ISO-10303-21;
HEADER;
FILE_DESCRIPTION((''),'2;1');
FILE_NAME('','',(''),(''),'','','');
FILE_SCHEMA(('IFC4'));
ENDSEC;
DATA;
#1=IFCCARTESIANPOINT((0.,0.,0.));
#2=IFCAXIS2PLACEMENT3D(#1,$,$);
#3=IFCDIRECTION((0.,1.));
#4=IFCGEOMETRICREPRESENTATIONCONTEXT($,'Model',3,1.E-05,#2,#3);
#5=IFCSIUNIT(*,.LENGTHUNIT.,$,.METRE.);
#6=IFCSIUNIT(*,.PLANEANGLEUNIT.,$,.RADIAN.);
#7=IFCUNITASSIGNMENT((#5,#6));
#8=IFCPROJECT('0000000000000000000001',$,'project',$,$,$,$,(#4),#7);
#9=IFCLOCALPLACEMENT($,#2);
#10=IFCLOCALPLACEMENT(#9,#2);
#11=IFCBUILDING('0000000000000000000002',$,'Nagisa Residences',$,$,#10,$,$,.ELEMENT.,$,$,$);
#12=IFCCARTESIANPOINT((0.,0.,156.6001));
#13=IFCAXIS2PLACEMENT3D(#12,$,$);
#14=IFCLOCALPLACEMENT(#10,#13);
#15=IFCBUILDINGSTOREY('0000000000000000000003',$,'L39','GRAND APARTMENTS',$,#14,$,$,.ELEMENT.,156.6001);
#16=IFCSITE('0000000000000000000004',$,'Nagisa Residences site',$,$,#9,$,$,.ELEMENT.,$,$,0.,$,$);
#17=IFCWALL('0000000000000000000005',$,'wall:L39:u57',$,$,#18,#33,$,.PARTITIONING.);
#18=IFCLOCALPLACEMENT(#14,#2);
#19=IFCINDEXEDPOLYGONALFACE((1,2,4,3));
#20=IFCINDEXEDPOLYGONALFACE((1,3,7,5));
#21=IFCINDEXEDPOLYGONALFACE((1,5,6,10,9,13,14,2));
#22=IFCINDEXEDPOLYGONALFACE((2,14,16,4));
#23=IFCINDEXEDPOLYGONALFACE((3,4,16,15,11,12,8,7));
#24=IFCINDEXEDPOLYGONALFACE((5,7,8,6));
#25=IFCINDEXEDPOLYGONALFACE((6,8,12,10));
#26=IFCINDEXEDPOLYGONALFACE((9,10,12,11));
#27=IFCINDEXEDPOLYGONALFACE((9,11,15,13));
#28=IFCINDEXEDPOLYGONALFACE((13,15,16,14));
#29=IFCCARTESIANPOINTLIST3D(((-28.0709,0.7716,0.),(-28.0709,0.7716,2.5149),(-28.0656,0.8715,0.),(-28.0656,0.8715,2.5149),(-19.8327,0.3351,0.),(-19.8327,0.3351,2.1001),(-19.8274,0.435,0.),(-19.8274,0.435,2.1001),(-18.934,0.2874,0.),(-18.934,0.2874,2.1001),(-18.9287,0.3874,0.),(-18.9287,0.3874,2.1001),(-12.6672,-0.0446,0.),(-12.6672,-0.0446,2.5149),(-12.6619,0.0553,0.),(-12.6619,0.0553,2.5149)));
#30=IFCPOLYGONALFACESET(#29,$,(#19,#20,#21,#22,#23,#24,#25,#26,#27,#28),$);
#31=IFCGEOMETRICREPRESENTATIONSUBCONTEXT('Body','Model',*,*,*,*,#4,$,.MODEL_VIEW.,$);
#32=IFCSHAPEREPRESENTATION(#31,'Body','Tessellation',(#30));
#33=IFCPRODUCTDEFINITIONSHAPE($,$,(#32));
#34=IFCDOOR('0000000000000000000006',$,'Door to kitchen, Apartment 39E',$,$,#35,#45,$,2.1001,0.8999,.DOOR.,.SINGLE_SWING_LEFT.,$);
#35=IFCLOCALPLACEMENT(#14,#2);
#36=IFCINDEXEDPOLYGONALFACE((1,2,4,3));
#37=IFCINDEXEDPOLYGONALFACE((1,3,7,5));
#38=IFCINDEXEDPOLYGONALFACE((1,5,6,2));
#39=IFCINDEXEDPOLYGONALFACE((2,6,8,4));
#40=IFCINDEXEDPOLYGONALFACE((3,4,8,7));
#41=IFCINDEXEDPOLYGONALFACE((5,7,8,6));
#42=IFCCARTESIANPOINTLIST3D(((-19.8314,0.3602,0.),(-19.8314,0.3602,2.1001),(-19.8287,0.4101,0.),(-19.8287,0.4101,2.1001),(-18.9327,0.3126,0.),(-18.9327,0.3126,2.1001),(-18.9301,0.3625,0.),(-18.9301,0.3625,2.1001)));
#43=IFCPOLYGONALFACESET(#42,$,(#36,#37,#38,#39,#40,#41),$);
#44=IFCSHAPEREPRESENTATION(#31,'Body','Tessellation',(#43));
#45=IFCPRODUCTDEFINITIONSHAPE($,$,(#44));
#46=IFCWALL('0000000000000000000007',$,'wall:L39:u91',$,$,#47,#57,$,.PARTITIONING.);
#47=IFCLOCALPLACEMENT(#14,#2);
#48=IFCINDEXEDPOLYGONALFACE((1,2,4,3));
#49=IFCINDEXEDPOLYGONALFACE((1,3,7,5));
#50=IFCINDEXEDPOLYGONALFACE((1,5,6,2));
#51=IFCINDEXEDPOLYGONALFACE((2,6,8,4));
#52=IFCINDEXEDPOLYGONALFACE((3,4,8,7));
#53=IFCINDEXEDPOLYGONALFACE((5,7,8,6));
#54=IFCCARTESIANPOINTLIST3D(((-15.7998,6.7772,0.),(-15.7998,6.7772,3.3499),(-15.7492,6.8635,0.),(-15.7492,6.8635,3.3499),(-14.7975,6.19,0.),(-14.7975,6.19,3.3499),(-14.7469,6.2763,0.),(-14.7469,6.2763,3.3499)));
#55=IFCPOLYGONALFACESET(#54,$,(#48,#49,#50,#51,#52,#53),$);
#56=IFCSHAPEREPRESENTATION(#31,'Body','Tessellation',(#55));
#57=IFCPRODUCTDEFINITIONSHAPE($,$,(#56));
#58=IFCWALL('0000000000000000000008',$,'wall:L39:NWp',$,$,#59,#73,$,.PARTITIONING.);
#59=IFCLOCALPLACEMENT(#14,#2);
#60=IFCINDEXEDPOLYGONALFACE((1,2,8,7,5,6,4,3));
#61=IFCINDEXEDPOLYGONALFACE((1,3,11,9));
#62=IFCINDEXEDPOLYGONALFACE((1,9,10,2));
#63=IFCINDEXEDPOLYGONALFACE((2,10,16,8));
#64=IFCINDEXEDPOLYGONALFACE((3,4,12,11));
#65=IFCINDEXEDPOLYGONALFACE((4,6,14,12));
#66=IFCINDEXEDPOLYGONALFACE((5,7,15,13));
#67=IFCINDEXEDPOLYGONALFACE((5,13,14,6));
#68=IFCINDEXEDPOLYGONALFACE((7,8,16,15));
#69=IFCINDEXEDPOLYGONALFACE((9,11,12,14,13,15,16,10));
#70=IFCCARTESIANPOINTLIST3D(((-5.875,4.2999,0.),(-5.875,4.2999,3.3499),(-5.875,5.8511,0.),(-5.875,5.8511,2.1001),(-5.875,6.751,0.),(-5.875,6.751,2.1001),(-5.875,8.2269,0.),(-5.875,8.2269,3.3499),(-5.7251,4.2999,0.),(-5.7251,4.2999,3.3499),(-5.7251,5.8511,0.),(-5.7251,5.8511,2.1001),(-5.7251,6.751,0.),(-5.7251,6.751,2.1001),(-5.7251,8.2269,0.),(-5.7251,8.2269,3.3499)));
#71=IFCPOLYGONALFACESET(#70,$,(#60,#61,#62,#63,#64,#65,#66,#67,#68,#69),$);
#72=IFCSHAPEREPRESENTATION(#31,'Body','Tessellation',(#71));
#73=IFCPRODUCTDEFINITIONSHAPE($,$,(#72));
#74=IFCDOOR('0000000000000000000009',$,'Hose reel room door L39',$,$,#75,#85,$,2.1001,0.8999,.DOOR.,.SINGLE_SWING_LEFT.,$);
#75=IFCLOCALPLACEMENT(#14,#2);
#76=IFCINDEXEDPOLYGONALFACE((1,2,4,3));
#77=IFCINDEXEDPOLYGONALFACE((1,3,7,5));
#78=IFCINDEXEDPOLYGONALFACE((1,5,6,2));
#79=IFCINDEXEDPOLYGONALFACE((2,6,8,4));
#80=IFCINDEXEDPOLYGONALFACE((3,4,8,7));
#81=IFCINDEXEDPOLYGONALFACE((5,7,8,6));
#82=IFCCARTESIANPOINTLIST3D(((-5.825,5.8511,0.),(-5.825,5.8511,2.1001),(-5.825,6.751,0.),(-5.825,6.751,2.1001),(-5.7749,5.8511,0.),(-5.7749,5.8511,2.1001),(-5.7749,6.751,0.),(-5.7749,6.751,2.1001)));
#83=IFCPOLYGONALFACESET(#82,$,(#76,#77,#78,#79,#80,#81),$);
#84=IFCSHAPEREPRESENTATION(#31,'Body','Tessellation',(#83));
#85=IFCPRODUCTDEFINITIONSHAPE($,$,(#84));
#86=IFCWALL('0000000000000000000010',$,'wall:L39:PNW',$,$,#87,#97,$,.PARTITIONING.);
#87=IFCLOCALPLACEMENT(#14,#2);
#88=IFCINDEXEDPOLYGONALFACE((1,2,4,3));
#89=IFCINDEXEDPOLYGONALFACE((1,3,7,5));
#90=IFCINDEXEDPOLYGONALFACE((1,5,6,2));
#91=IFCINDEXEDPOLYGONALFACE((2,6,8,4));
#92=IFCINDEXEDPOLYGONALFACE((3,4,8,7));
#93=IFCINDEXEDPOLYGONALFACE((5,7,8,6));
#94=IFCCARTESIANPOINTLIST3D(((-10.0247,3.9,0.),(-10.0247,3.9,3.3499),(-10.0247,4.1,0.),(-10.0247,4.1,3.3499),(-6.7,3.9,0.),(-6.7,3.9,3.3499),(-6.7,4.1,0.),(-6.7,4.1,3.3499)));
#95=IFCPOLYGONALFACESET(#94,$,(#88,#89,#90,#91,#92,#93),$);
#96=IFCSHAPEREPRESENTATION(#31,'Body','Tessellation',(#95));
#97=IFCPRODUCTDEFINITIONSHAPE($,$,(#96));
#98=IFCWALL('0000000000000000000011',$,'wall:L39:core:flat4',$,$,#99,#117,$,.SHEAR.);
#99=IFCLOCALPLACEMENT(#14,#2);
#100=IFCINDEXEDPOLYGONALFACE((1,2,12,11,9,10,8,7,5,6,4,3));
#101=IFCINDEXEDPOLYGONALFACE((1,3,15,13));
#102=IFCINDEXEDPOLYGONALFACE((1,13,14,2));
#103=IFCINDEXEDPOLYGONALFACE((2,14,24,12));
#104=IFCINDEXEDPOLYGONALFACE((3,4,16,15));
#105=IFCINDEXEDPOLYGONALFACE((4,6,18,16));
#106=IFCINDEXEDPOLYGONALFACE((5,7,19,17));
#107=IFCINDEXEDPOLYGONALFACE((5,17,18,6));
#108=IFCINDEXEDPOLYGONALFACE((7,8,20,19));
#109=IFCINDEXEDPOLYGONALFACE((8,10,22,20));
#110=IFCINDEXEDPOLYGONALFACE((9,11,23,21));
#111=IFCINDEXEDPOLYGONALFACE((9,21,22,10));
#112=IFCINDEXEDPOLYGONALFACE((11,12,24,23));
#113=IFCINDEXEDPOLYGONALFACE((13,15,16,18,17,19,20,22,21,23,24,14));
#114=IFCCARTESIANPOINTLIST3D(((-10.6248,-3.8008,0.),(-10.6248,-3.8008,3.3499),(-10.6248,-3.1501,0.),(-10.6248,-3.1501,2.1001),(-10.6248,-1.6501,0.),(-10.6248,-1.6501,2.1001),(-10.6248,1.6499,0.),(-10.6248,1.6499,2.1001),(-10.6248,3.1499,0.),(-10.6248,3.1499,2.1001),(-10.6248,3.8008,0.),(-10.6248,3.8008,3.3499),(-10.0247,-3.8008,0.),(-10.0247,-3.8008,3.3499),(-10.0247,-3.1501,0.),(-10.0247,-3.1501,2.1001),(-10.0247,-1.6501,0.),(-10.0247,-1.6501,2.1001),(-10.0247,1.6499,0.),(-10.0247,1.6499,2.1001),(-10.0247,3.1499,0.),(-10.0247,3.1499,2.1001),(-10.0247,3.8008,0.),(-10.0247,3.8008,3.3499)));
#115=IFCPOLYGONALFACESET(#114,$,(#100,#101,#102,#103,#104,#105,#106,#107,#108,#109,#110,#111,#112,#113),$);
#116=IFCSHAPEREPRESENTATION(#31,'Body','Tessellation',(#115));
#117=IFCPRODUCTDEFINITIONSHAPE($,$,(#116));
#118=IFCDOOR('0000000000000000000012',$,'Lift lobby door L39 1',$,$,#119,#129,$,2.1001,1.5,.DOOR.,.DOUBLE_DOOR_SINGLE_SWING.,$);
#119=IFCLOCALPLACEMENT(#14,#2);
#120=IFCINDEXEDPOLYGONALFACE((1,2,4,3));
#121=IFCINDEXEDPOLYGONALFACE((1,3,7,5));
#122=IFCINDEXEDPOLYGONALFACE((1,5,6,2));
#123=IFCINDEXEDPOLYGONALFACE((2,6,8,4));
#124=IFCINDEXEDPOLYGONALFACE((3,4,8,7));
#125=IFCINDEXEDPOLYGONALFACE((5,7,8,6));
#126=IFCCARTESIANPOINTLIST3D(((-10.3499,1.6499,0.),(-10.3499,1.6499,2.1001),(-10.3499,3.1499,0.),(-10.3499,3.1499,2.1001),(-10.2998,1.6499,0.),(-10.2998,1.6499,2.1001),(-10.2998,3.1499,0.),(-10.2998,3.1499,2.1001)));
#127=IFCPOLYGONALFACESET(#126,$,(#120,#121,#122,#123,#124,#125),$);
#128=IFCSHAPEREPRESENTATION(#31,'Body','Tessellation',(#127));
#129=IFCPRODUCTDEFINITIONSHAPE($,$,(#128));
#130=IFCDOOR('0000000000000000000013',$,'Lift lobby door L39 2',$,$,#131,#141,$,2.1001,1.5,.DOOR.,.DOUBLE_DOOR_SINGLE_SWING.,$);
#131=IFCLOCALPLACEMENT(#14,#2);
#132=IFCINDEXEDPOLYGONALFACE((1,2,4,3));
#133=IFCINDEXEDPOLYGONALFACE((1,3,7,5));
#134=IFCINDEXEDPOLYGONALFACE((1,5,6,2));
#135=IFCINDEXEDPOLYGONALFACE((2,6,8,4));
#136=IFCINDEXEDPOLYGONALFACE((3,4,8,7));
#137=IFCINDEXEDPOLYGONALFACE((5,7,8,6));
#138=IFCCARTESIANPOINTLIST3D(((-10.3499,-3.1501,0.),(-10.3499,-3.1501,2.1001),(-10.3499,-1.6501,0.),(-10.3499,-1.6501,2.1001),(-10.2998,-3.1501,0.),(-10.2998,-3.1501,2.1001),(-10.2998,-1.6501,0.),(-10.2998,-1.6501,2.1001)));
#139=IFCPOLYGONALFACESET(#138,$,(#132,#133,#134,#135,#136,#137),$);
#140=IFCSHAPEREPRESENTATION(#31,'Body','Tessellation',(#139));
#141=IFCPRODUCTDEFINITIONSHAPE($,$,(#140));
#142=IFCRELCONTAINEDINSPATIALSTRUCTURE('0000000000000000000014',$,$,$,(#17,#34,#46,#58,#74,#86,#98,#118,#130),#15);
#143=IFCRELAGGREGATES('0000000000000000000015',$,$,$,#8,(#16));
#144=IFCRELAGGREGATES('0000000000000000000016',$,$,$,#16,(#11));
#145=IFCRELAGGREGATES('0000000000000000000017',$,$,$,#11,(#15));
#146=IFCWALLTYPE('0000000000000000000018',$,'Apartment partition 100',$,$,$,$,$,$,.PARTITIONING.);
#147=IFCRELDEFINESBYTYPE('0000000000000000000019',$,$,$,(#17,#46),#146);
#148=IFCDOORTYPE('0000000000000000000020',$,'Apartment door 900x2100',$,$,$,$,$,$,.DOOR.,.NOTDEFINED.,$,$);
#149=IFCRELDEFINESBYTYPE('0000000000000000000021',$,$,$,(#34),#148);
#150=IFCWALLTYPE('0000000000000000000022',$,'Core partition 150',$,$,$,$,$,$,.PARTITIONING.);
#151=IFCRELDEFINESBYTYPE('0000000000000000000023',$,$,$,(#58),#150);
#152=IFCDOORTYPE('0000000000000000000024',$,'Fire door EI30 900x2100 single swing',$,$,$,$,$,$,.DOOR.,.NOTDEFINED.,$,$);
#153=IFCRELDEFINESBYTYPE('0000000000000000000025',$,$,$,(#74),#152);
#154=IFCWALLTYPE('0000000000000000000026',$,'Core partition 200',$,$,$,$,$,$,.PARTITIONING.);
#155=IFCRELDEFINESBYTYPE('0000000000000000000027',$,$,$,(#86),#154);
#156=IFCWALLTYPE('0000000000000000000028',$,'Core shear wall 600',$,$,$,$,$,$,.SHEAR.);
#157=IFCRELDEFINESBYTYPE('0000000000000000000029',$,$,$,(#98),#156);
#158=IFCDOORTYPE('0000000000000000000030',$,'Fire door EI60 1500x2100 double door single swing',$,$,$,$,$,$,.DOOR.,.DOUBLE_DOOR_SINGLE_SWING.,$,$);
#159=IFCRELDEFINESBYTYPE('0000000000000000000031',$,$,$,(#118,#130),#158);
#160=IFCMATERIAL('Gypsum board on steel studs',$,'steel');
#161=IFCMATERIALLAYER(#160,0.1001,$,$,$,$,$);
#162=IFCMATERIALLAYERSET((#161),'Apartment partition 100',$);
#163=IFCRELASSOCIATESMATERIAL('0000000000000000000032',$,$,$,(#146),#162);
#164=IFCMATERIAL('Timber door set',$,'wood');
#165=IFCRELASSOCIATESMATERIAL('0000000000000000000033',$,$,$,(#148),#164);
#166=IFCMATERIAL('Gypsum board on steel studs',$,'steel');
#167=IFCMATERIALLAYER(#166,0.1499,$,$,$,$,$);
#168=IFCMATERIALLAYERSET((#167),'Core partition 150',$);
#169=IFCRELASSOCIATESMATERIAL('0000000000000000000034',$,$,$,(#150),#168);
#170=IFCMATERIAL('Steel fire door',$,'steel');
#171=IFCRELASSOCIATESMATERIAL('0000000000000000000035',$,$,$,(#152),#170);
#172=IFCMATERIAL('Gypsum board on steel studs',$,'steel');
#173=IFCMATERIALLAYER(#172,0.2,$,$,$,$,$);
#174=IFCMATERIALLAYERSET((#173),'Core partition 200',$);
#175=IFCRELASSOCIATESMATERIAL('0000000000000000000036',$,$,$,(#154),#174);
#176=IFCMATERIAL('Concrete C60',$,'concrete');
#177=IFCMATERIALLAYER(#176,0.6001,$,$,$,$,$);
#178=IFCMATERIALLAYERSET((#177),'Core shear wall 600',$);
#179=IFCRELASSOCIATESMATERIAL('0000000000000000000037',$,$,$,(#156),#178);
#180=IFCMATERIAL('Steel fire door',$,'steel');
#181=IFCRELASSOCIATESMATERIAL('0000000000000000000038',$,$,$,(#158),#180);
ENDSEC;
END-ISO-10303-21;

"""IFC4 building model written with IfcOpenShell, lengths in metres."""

from ifc_helpers import new_model, si_unit, direction, frame, frame_2d, origin, place, context, subcontext, project, spatial, rectangle, extrude, material, layer, layer_set, type_object, element, fill, save


model = new_model("IFC4")

# Units and contexts
model_context = context("Model", 3, precision=1e-05, world=origin(), true_north=direction((0.0, 1.0)))
body_context = subcontext(model_context, "Body", "Model", "MODEL_VIEW")
ifc_project = project(units=[si_unit("LENGTHUNIT", "METRE"), si_unit("PLANEANGLEUNIT", "RADIAN")], contexts=[model_context])

# Site, building, storey
site_placement = place(None, origin())
site = spatial("IfcSite", under=ifc_project, at=site_placement, Name="Nagisa Residences site", CompositionType="ELEMENT", RefElevation=0.0)
building_placement = place(site_placement, origin())
building = spatial("IfcBuilding", under=site, at=building_placement, Name="Nagisa Residences", CompositionType="ELEMENT")
storey_placement = place(building_placement, frame((0.0, 0.0, 156.6001)))
storey = spatial("IfcBuildingStorey", under=building, at=storey_placement, Name="L39", Description="GRAND APARTMENTS", CompositionType="ELEMENT", Elevation=156.6001)

# Shared definitions
ifc_material_1 = material(Name="Gypsum board on steel studs", Category="steel")
ifc_layer_1 = layer(ifc_material_1, 0.1001)
ifc_layer_set_1 = layer_set([ifc_layer_1], Name="Apartment partition 100")
wall_type_1 = type_object("IfcWallType", Name="Apartment partition 100", PredefinedType="PARTITIONING", material=ifc_layer_set_1)
ifc_material_2 = material(Name="Timber door set", Category="wood")
door_type_1 = type_object("IfcDoorType", Name="Apartment door 900x2100", OperationType="NOTDEFINED", PredefinedType="DOOR", material=ifc_material_2)

# Wall, opening, door
wall_1_placement = place(storey_placement, frame((-12.6646, 0.0054, 0.0), z_axis=(0.0, 0.0, 1.0), x_axis=(-0.998599, 0.052911, 0.0)))
wall_1 = element("IfcWall", 1, at=wall_1_placement, inside=storey, type_object=wall_type_1, Name="wall:L39:u57", PredefinedType="PARTITIONING", context=body_context, shape_type="SweptSolid", body=[
    extrude(rectangle(XDim=15.4253, YDim=0.1001, at=frame_2d((7.7126, 0.0))), origin(), (0.0, 0.0, 1.0), 2.5149),
])
opening_1_placement = place(wall_1_placement, frame((6.2756, 0.0, 0.0)))
opening_1 = element("IfcOpeningElement", 2, at=opening_1_placement, cuts=wall_1, PredefinedType="OPENING", context=body_context, shape_type="SweptSolid", body=[
    extrude(rectangle(XDim=0.8999, YDim=2.1001, at=frame_2d((0.45, 1.05))), frame((0.0, 0.0601, 0.0), z_axis=(0.0, -1.0, 0.0), x_axis=(1.0, 0.0, 0.0)), (0.0, 0.0, 1.0), 0.1201),
])
door_1_placement = place(opening_1_placement, origin())
door_1 = element("IfcDoor", 3, at=door_1_placement, inside=storey, type_object=door_type_1, Name="Door to kitchen, Apartment 39E", OperationType="SINGLE_SWING_LEFT", OverallHeight=2.1001, OverallWidth=0.8999, PredefinedType="DOOR", context=body_context, shape_type="SweptSolid", body=[
    extrude(rectangle(XDim=0.8999, YDim=2.1001, at=frame_2d((0.45, 1.05))), frame((0.0, 0.0249, 0.0), z_axis=(0.0, -1.0, 0.0), x_axis=(1.0, 0.0, 0.0)), (0.0, 0.0, 1.0), 0.05),
])
fill(opening_1, door_1)

# Wall
wall_2_placement = place(storey_placement, frame((-14.7722, 6.2332, 0.0), z_axis=(0.0, 0.0, 1.0), x_axis=(-0.862824, 0.505504, 0.0)))
element("IfcWall", 4, at=wall_2_placement, inside=storey, type_object=wall_type_1, Name="wall:L39:u91", PredefinedType="PARTITIONING", context=body_context, shape_type="SweptSolid", body=[
    extrude(rectangle(XDim=1.1616, YDim=0.1001, at=frame_2d((0.5808, 0.0))), origin(), (0.0, 0.0, 1.0), 3.3499),
])

# Wall, opening, door
ifc_material_3 = material(Name="Gypsum board on steel studs", Category="steel")
ifc_layer_2 = layer(ifc_material_3, 0.1499)
ifc_layer_set_2 = layer_set([ifc_layer_2], Name="Core partition 150")
wall_type_2 = type_object("IfcWallType", Name="Core partition 150", PredefinedType="PARTITIONING", material=ifc_layer_set_2)
wall_3_placement = place(storey_placement, frame((-5.8, 4.3, 0.0), z_axis=(0.0, 0.0, 1.0), x_axis=(0.0, 1.0, 0.0)))
wall_3 = element("IfcWall", 5, at=wall_3_placement, inside=storey, type_object=wall_type_2, Name="wall:L39:NWp", PredefinedType="PARTITIONING", context=body_context, shape_type="SweptSolid", body=[
    extrude(rectangle(XDim=3.927, YDim=0.1499, at=frame_2d((1.9634, 0.0))), origin(), (0.0, 0.0, 1.0), 3.3499),
])
opening_2_placement = place(wall_3_placement, frame((1.551, 0.0, 0.0)))
opening_2 = element("IfcOpeningElement", 6, at=opening_2_placement, cuts=wall_3, PredefinedType="OPENING", context=body_context, shape_type="SweptSolid", body=[
    extrude(rectangle(XDim=0.8999, YDim=2.1001, at=frame_2d((0.45, 1.05))), frame((0.0, 0.085, 0.0), z_axis=(0.0, -1.0, 0.0), x_axis=(1.0, 0.0, 0.0)), (0.0, 0.0, 1.0), 0.1699),
])
ifc_material_4 = material(Name="Steel fire door", Category="steel")
door_type_2 = type_object("IfcDoorType", Name="Fire door EI30 900x2100 single swing", OperationType="NOTDEFINED", PredefinedType="DOOR", material=ifc_material_4)
door_2_placement = place(opening_2_placement, origin())
door_2 = element("IfcDoor", 7, at=door_2_placement, inside=storey, type_object=door_type_2, Name="Hose reel room door L39", OperationType="SINGLE_SWING_LEFT", OverallHeight=2.1001, OverallWidth=0.8999, PredefinedType="DOOR", context=body_context, shape_type="SweptSolid", body=[
    extrude(rectangle(XDim=0.8999, YDim=2.1001, at=frame_2d((0.45, 1.05))), frame((0.0, 0.0249, 0.0), z_axis=(0.0, -1.0, 0.0), x_axis=(1.0, 0.0, 0.0)), (0.0, 0.0, 1.0), 0.05),
])
fill(opening_2, door_2)

# Wall
ifc_material_5 = material(Name="Gypsum board on steel studs", Category="steel")
ifc_layer_3 = layer(ifc_material_5, 0.2)
ifc_layer_set_3 = layer_set([ifc_layer_3], Name="Core partition 200")
wall_type_3 = type_object("IfcWallType", Name="Core partition 200", PredefinedType="PARTITIONING", material=ifc_layer_set_3)
wall_4_placement = place(storey_placement, frame((-10.0247, 4.0, 0.0), z_axis=(0.0, 0.0, 1.0), x_axis=(1.0, 0.0, 0.0)))
element("IfcWall", 8, at=wall_4_placement, inside=storey, type_object=wall_type_3, Name="wall:L39:PNW", PredefinedType="PARTITIONING", context=body_context, shape_type="SweptSolid", body=[
    extrude(rectangle(XDim=3.3247, YDim=0.2, at=frame_2d((1.6624, 0.0))), origin(), (0.0, 0.0, 1.0), 3.3499),
])

# Wall, openings, doors
ifc_material_6 = material(Name="Concrete C60", Category="concrete")
ifc_layer_4 = layer(ifc_material_6, 0.6001)
ifc_layer_set_4 = layer_set([ifc_layer_4], Name="Core shear wall 600")
wall_type_4 = type_object("IfcWallType", Name="Core shear wall 600", PredefinedType="SHEAR", material=ifc_layer_set_4)
wall_5_placement = place(storey_placement, frame((-10.3247, 3.8008, 0.0), z_axis=(0.0, 0.0, 1.0), x_axis=(0.0, -1.0, 0.0)))
wall_5 = element("IfcWall", 9, at=wall_5_placement, inside=storey, type_object=wall_type_4, Name="wall:L39:core:flat4", PredefinedType="SHEAR", context=body_context, shape_type="SweptSolid", body=[
    extrude(rectangle(XDim=7.6016, YDim=0.6001, at=frame_2d((3.8008, 0.0))), origin(), (0.0, 0.0, 1.0), 3.3499),
])
opening_3_placement = place(wall_5_placement, frame((0.6509, 0.0, 0.0)))
opening_3 = element("IfcOpeningElement", 10, at=opening_3_placement, cuts=wall_5, PredefinedType="OPENING", context=body_context, shape_type="SweptSolid", body=[
    extrude(rectangle(XDim=1.5, YDim=2.1001, at=frame_2d((0.75, 1.05))), frame((0.0, 0.3101, 0.0), z_axis=(0.0, -1.0, 0.0), x_axis=(1.0, 0.0, 0.0)), (0.0, 0.0, 1.0), 0.6201),
])
opening_4_placement = place(wall_5_placement, frame((5.4509, 0.0, 0.0)))
opening_4 = element("IfcOpeningElement", 11, at=opening_4_placement, cuts=wall_5, PredefinedType="OPENING", context=body_context, shape_type="SweptSolid", body=[
    extrude(rectangle(XDim=1.5, YDim=2.1001, at=frame_2d((0.75, 1.05))), frame((0.0, 0.3101, 0.0), z_axis=(0.0, -1.0, 0.0), x_axis=(1.0, 0.0, 0.0)), (0.0, 0.0, 1.0), 0.6201),
])
ifc_material_7 = material(Name="Steel fire door", Category="steel")
door_type_3 = type_object("IfcDoorType", Name="Fire door EI60 1500x2100 double door single swing", OperationType="DOUBLE_DOOR_SINGLE_SWING", PredefinedType="DOOR", material=ifc_material_7)
door_3_placement = place(opening_3_placement, origin())
door_3 = element("IfcDoor", 12, at=door_3_placement, inside=storey, type_object=door_type_3, Name="Lift lobby door L39 1", OperationType="DOUBLE_DOOR_SINGLE_SWING", OverallHeight=2.1001, OverallWidth=1.5, PredefinedType="DOOR", context=body_context, shape_type="SweptSolid", body=[
    extrude(rectangle(XDim=1.5, YDim=2.1001, at=frame_2d((0.75, 1.05))), frame((0.0, 0.0249, 0.0), z_axis=(0.0, -1.0, 0.0), x_axis=(1.0, 0.0, 0.0)), (0.0, 0.0, 1.0), 0.05),
])
fill(opening_3, door_3)
door_4_placement = place(opening_4_placement, origin())
door_4 = element("IfcDoor", 13, at=door_4_placement, inside=storey, type_object=door_type_3, Name="Lift lobby door L39 2", OperationType="DOUBLE_DOOR_SINGLE_SWING", OverallHeight=2.1001, OverallWidth=1.5, PredefinedType="DOOR", context=body_context, shape_type="SweptSolid", body=[
    extrude(rectangle(XDim=1.5, YDim=2.1001, at=frame_2d((0.75, 1.05))), frame((0.0, 0.0249, 0.0), z_axis=(0.0, -1.0, 0.0), x_axis=(1.0, 0.0, 0.0)), (0.0, 0.0, 1.0), 0.05),
])
fill(opening_4, door_4)

save(model, "model.ifc")
